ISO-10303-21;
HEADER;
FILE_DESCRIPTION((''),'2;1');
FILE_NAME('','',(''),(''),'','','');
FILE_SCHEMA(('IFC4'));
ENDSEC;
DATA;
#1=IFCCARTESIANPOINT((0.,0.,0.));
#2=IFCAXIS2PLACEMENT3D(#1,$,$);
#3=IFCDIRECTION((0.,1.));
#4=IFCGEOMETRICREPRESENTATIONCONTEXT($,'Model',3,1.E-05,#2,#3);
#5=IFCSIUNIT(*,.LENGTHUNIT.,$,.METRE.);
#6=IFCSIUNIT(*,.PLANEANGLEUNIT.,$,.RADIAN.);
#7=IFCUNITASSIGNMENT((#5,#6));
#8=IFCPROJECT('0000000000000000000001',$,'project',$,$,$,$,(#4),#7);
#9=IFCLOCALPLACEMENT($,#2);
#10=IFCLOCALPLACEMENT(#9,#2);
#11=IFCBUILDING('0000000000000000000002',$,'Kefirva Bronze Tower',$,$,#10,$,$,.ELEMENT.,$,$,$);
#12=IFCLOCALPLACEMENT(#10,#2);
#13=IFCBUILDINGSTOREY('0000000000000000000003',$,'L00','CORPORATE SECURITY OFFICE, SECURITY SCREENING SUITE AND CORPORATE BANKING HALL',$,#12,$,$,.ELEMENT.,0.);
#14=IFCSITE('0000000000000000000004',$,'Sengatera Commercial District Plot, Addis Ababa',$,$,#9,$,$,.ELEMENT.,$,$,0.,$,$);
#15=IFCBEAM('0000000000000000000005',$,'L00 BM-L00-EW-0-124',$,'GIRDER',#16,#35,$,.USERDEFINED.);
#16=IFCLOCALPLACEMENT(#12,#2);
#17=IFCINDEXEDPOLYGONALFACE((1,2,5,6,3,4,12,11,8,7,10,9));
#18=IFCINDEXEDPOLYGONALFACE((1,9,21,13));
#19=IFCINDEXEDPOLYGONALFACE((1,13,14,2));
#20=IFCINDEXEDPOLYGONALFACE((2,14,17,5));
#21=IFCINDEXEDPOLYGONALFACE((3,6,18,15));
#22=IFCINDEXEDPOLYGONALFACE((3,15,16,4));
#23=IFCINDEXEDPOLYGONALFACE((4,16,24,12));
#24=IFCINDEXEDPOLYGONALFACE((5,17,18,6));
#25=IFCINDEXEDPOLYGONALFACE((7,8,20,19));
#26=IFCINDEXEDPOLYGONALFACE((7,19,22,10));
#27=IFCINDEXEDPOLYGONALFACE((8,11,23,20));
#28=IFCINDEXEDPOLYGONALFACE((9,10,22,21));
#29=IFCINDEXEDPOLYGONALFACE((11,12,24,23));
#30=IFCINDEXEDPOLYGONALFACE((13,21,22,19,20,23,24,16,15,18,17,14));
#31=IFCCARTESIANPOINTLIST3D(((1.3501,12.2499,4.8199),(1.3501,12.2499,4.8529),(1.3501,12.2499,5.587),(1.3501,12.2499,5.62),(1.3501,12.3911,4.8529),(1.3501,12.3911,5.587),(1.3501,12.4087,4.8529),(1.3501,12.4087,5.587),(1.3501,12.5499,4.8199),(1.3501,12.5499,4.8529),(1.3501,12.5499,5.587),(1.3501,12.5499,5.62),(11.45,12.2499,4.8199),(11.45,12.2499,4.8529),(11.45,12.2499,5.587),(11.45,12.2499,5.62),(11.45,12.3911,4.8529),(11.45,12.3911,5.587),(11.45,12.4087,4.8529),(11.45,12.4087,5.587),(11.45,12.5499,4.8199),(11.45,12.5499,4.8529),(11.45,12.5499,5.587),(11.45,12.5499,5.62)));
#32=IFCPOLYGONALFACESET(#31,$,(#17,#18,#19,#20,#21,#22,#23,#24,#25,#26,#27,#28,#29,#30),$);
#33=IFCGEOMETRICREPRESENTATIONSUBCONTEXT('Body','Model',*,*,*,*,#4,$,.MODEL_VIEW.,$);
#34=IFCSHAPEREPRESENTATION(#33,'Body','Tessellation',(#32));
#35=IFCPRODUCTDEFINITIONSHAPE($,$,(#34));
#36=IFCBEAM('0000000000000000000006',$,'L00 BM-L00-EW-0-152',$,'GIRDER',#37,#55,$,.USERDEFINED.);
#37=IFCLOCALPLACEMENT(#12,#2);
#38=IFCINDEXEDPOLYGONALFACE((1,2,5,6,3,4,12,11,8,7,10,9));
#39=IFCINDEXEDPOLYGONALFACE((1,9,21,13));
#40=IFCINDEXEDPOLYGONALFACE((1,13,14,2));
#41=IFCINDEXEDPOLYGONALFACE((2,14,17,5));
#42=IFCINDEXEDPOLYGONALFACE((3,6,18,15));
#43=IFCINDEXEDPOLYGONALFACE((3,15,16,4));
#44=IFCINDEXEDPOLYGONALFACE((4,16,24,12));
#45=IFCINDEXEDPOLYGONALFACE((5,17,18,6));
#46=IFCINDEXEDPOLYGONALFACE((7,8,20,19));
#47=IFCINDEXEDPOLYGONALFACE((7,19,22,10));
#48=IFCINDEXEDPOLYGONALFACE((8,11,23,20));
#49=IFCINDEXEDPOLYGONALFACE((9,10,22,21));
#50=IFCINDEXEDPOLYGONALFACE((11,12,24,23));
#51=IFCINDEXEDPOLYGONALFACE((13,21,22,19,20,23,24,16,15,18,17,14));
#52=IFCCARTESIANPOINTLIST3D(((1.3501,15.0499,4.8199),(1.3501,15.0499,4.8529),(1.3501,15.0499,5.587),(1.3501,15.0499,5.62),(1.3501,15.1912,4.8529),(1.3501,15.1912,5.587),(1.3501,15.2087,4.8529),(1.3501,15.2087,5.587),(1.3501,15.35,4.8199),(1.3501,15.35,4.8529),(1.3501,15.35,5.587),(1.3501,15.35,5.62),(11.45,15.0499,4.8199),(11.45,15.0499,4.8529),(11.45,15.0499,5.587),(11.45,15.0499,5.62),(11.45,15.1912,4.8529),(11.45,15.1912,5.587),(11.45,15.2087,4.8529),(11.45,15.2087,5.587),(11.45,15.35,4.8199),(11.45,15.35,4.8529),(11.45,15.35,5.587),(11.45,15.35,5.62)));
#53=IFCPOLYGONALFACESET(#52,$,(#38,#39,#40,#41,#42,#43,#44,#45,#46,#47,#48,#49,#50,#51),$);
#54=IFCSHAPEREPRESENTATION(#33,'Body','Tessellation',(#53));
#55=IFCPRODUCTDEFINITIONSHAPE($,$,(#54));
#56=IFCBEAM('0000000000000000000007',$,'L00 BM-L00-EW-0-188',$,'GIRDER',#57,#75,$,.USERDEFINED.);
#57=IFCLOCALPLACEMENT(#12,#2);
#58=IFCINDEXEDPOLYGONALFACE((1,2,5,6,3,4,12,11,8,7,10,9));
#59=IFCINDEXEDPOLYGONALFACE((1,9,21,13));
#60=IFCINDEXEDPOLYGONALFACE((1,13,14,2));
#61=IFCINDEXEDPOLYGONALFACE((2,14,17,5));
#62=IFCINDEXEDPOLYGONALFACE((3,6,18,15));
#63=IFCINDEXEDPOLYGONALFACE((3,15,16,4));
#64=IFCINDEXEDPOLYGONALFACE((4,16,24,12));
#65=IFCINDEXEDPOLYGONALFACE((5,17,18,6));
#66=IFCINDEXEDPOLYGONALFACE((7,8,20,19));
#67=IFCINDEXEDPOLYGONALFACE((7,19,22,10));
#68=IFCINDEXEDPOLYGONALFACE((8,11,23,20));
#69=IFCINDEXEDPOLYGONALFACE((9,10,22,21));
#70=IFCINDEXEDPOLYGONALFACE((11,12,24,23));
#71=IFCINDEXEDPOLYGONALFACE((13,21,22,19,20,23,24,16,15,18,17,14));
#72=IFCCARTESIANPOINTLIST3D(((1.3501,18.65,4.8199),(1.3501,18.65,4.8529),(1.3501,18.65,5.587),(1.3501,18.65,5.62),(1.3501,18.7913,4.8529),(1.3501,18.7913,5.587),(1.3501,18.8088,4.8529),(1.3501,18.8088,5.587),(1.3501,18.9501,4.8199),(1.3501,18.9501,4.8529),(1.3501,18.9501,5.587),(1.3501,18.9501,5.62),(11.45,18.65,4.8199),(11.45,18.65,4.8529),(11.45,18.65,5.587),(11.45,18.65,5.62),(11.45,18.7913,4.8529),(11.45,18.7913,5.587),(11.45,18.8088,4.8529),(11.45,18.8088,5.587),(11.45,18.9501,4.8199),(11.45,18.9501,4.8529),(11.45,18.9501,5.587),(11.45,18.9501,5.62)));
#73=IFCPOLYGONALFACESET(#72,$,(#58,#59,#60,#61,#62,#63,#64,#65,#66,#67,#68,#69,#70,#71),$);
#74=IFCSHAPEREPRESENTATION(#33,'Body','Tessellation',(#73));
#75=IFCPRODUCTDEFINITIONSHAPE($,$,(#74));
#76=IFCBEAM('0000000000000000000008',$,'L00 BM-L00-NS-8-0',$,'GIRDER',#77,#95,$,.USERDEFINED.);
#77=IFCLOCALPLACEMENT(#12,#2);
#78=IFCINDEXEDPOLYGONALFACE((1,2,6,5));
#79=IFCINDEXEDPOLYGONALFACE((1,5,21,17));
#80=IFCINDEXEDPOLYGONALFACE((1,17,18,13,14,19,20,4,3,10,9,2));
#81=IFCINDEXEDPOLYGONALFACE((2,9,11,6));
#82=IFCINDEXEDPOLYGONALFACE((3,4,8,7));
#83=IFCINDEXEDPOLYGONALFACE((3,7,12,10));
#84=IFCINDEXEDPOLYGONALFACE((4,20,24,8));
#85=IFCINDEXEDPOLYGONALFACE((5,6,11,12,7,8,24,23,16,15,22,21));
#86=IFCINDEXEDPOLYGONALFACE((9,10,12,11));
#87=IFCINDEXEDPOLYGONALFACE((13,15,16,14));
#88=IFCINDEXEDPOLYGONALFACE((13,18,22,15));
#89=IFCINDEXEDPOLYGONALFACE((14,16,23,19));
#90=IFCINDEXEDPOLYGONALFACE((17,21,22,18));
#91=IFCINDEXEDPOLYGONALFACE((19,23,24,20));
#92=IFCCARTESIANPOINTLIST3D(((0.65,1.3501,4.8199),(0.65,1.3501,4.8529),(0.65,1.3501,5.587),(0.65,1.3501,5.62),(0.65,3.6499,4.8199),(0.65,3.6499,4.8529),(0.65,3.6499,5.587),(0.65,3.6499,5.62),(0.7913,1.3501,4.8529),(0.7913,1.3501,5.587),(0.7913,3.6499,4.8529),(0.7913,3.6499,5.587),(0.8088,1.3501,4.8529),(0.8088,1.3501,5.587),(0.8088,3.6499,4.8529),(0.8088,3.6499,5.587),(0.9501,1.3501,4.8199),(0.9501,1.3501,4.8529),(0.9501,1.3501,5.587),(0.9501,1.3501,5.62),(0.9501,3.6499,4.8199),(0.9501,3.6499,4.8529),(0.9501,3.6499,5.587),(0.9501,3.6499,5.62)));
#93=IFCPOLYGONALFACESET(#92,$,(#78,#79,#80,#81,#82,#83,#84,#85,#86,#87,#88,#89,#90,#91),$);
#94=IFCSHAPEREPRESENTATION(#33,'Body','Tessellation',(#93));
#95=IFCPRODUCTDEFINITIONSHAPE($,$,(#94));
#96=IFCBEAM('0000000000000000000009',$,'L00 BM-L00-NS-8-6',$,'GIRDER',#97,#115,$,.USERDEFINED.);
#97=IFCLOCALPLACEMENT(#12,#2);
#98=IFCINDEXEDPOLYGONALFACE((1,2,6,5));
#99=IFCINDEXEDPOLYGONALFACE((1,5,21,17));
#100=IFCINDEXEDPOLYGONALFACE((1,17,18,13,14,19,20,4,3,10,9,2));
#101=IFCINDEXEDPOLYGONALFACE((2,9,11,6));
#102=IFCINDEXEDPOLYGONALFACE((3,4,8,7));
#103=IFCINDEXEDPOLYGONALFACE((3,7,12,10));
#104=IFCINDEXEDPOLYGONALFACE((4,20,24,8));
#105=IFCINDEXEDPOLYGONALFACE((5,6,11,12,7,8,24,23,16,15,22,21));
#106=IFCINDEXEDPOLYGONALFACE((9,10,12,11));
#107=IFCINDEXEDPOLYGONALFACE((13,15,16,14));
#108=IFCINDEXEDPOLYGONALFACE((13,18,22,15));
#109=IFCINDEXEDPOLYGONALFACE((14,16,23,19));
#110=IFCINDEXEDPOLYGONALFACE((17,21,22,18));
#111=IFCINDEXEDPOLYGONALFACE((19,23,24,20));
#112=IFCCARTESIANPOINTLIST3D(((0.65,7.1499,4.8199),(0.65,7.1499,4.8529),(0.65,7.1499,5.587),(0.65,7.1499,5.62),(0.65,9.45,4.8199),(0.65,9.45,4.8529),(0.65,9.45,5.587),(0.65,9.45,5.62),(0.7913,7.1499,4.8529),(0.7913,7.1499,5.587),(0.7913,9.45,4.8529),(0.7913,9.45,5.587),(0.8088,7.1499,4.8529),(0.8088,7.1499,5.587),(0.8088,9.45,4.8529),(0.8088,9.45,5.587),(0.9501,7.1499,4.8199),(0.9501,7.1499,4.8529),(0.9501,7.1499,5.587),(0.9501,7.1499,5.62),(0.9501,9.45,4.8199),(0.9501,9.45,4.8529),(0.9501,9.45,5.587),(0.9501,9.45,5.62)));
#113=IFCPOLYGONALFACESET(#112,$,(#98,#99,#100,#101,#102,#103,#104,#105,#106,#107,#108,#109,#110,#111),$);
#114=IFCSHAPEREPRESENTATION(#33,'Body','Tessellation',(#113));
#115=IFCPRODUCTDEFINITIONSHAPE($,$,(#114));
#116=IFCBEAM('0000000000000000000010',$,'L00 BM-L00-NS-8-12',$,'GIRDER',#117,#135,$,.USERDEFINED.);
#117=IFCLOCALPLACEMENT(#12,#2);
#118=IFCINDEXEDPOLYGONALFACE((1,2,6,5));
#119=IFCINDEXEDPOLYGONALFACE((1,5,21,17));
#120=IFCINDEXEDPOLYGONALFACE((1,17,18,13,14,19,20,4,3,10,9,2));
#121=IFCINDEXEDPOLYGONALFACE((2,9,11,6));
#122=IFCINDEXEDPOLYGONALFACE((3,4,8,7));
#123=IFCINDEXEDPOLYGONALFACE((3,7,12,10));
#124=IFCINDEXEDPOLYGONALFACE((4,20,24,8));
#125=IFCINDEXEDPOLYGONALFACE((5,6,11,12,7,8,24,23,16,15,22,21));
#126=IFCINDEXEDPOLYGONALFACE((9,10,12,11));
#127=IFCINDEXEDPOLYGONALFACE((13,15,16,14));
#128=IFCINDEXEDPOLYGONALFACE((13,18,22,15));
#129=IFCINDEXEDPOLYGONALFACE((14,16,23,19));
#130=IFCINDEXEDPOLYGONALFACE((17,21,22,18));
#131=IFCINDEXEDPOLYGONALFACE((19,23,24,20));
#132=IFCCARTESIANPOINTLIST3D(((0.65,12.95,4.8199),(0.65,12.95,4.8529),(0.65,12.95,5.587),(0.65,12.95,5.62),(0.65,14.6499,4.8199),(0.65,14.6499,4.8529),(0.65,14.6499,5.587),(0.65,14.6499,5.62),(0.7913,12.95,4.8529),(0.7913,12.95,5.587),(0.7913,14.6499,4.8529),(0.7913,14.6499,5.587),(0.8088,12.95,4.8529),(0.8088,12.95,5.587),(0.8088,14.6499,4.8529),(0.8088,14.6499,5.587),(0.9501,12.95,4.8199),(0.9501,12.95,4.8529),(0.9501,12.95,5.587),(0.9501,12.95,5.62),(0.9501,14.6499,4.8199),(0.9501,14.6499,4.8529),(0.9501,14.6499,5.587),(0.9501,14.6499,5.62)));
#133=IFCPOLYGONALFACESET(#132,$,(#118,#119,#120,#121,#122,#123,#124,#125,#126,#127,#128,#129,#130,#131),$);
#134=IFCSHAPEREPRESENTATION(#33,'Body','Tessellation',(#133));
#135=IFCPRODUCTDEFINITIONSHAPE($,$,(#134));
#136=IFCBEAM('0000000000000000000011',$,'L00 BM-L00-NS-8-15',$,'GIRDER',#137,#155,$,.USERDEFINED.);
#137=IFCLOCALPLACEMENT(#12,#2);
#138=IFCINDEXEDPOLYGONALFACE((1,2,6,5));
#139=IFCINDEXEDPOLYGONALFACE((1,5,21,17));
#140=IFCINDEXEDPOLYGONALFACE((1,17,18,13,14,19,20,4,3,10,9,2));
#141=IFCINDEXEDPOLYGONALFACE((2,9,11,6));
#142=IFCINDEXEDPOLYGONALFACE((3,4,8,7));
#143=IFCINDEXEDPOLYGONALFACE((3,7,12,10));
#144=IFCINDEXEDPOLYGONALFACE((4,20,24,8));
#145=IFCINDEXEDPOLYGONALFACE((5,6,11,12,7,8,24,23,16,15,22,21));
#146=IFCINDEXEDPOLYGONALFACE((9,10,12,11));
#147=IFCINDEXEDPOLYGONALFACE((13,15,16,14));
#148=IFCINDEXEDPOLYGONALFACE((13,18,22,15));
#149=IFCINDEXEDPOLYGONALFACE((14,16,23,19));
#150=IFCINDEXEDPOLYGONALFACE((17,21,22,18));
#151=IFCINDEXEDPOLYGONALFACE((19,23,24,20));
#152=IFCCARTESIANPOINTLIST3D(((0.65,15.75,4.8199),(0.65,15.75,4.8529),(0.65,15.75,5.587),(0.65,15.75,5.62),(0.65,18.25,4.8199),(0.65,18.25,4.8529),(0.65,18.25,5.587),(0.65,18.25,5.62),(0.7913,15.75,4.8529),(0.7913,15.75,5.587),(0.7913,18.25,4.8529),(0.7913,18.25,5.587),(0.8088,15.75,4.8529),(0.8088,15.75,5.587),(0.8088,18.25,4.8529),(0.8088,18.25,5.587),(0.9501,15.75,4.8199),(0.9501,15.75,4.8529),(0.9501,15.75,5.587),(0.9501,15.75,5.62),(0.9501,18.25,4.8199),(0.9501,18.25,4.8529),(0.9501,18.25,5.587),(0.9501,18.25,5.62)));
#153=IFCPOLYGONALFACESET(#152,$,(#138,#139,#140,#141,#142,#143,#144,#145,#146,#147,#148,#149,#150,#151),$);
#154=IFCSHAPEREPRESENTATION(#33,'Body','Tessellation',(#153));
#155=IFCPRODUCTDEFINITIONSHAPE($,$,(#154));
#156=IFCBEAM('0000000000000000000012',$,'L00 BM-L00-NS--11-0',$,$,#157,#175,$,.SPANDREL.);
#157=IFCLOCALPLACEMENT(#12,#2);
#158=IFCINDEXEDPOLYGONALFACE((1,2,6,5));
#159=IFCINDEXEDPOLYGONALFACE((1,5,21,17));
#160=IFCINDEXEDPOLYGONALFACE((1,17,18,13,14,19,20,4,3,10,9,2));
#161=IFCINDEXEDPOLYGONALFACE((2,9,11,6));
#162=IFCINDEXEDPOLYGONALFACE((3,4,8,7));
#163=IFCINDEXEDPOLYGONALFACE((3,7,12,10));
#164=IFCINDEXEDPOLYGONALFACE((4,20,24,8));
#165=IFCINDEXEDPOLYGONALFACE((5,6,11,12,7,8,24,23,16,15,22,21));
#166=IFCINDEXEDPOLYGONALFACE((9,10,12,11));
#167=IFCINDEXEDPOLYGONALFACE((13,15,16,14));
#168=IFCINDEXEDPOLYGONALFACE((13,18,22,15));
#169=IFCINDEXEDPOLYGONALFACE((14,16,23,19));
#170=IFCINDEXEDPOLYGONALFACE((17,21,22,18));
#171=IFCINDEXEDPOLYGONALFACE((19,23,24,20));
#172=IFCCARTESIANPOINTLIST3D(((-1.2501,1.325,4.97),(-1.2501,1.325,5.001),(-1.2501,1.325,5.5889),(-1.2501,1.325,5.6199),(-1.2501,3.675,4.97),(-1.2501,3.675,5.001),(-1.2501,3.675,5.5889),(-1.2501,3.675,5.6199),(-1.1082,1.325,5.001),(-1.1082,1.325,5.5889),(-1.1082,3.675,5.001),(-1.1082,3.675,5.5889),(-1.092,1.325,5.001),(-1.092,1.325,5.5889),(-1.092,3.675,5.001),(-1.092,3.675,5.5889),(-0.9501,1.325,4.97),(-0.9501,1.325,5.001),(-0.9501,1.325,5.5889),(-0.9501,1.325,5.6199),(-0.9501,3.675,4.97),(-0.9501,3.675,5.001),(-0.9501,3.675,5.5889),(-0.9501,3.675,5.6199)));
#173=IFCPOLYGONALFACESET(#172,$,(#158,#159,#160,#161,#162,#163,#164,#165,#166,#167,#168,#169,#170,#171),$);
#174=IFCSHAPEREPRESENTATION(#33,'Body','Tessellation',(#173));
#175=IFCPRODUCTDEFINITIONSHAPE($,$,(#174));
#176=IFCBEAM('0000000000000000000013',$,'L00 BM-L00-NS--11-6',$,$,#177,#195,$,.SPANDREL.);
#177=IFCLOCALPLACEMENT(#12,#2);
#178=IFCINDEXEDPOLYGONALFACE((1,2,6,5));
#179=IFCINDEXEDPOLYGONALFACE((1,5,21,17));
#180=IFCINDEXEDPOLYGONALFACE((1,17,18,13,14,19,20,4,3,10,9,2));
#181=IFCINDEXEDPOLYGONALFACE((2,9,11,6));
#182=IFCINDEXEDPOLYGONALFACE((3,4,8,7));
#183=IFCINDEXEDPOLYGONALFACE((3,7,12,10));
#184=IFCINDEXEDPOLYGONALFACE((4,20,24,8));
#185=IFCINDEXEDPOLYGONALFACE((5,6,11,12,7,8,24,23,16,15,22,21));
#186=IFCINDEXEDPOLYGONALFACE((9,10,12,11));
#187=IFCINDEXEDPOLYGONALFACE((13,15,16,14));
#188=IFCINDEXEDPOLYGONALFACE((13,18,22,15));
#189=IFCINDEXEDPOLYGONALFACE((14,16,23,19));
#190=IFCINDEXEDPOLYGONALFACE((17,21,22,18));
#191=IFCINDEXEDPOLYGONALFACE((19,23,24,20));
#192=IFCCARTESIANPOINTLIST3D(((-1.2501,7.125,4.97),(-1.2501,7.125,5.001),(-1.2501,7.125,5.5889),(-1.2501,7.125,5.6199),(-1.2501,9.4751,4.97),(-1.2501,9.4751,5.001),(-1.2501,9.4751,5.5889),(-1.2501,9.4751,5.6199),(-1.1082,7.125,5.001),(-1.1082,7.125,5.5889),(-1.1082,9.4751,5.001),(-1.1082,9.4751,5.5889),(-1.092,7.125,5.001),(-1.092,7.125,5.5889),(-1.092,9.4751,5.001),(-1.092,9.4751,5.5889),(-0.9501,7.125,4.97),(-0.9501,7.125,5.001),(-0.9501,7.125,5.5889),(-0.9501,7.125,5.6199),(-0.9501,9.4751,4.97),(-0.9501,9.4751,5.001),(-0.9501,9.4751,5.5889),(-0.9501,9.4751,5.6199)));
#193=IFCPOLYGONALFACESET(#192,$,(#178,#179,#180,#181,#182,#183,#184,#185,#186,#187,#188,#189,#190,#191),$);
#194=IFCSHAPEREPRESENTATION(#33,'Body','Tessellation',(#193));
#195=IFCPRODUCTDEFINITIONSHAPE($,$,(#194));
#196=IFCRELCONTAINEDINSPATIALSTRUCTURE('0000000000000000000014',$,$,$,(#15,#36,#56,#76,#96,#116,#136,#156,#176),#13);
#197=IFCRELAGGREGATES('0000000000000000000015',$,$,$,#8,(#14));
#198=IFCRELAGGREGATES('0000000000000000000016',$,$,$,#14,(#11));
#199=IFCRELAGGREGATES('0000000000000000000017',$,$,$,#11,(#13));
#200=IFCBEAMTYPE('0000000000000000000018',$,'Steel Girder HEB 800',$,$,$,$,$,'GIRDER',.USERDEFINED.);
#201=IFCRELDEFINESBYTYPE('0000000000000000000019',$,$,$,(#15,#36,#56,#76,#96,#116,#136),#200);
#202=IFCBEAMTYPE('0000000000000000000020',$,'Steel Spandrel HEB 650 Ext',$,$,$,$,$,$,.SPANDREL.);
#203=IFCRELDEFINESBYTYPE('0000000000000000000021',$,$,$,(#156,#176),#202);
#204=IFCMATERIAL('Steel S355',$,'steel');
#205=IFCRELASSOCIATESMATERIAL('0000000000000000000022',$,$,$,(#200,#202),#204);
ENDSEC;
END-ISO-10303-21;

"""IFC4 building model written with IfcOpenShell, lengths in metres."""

from ifc_helpers import new_model, si_unit, direction, frame, origin, origin_2d, place, context, subcontext, project, spatial, i_section, extrude, material, material_profile, profile_set, type_object, element, save


model = new_model("IFC4")

# Units and contexts
model_context = context("Model", 3, precision=1e-05, world=origin(), true_north=direction((0.0, 1.0)))
body_context = subcontext(model_context, "Body", "Model", "MODEL_VIEW")
ifc_project = project(units=[si_unit("LENGTHUNIT", "METRE"), si_unit("PLANEANGLEUNIT", "RADIAN")], contexts=[model_context])

# Site, building, storey
site_placement = place(None, origin())
site = spatial("IfcSite", under=ifc_project, at=site_placement, Name="Sengatera Commercial District Plot, Addis Ababa", CompositionType="ELEMENT", RefElevation=0.0)
building_placement = place(site_placement, origin())
building = spatial("IfcBuilding", under=site, at=building_placement, Name="Kefirva Bronze Tower", CompositionType="ELEMENT")
storey_placement = place(building_placement, origin())
storey = spatial("IfcBuildingStorey", under=building, at=storey_placement, Name="L00", Description="CORPORATE SECURITY OFFICE, SECURITY SCREENING SUITE AND CORPORATE BANKING HALL", CompositionType="ELEMENT", Elevation=0.0)

# Beams
ifc_material_1 = material(Name="Steel S355", Category="steel")
ifc_material_profile_1 = material_profile(ifc_material_1, i_section(OverallWidth=0.3, OverallDepth=0.8, WebThickness=0.0176, FlangeThickness=0.033, at=origin_2d()), Name="HEB 800")
ifc_profile_set_1 = profile_set([ifc_material_profile_1], Name="Steel S355")
beam_type_1 = type_object("IfcBeamType", Name="Steel Girder HEB 800", ElementType="GIRDER", PredefinedType="USERDEFINED", material=ifc_profile_set_1)
for number, where, z_axis, x_axis, name in (
    (1, (1.3501, 12.3999, 5.22), (1.0, 0.0, 0.0), (0.0, 1.0, 0.0), "L00 BM-L00-EW-0-124"),
    (2, (1.3501, 15.2, 5.22), (1.0, 0.0, 0.0), (0.0, 1.0, 0.0), "L00 BM-L00-EW-0-152"),
    (3, (1.3501, 18.8, 5.22), (1.0, 0.0, 0.0), (0.0, 1.0, 0.0), "L00 BM-L00-EW-0-188"),
):
    element("IfcBeam", number, at=place(storey_placement, frame(where, z_axis=z_axis, x_axis=x_axis)), inside=storey, type_object=beam_type_1, Name=name, ObjectType="GIRDER", PredefinedType="USERDEFINED", context=body_context, shape_type="SweptSolid", body=[
        extrude(i_section(OverallWidth=0.3, OverallDepth=0.8, WebThickness=0.0176, FlangeThickness=0.033, at=origin_2d()), origin(), (0.0, 0.0, 1.0), 10.0999),
    ])
beam_1_placement = place(storey_placement, frame((0.8, 1.3501, 5.22), z_axis=(0.0, 1.0, 0.0), x_axis=(-1.0, 0.0, 0.0)))
element("IfcBeam", 4, at=beam_1_placement, inside=storey, type_object=beam_type_1, Name="L00 BM-L00-NS-8-0", ObjectType="GIRDER", PredefinedType="USERDEFINED", context=body_context, shape_type="SweptSolid", body=[
    extrude(i_section(OverallWidth=0.3, OverallDepth=0.8, WebThickness=0.0176, FlangeThickness=0.033, at=origin_2d()), origin(), (0.0, 0.0, 1.0), 2.2998),
])
beam_2_placement = place(storey_placement, frame((0.8, 7.1499, 5.22), z_axis=(0.0, 1.0, 0.0), x_axis=(-1.0, 0.0, 0.0)))
element("IfcBeam", 5, at=beam_2_placement, inside=storey, type_object=beam_type_1, Name="L00 BM-L00-NS-8-6", ObjectType="GIRDER", PredefinedType="USERDEFINED", context=body_context, shape_type="SweptSolid", body=[
    extrude(i_section(OverallWidth=0.3, OverallDepth=0.8, WebThickness=0.0176, FlangeThickness=0.033, at=origin_2d()), origin(), (0.0, 0.0, 1.0), 2.3),
])
beam_3_placement = place(storey_placement, frame((0.8, 12.95, 5.22), z_axis=(0.0, 1.0, 0.0), x_axis=(-1.0, 0.0, 0.0)))
element("IfcBeam", 6, at=beam_3_placement, inside=storey, type_object=beam_type_1, Name="L00 BM-L00-NS-8-12", ObjectType="GIRDER", PredefinedType="USERDEFINED", context=body_context, shape_type="SweptSolid", body=[
    extrude(i_section(OverallWidth=0.3, OverallDepth=0.8, WebThickness=0.0176, FlangeThickness=0.033, at=origin_2d()), origin(), (0.0, 0.0, 1.0), 1.7),
])
beam_4_placement = place(storey_placement, frame((0.8, 15.75, 5.22), z_axis=(0.0, 1.0, 0.0), x_axis=(-1.0, 0.0, 0.0)))
element("IfcBeam", 7, at=beam_4_placement, inside=storey, type_object=beam_type_1, Name="L00 BM-L00-NS-8-15", ObjectType="GIRDER", PredefinedType="USERDEFINED", context=body_context, shape_type="SweptSolid", body=[
    extrude(i_section(OverallWidth=0.3, OverallDepth=0.8, WebThickness=0.0176, FlangeThickness=0.033, at=origin_2d()), origin(), (0.0, 0.0, 1.0), 2.5),
])
ifc_material_profile_2 = material_profile(ifc_material_1, i_section(OverallWidth=0.3, OverallDepth=0.6499, WebThickness=0.0161, FlangeThickness=0.031, at=origin_2d()), Name="HEB 650")
ifc_profile_set_2 = profile_set([ifc_material_profile_2], Name="Steel S355")
beam_type_2 = type_object("IfcBeamType", Name="Steel Spandrel HEB 650 Ext", PredefinedType="SPANDREL", material=ifc_profile_set_2)
for number, where, z_axis, x_axis, name in (
    (8, (-1.1001, 1.325, 5.2949), (0.0, 1.0, 0.0), (-1.0, 0.0, 0.0), "L00 BM-L00-NS--11-0"),
    (9, (-1.1001, 7.125, 5.2949), (0.0, 1.0, 0.0), (-1.0, 0.0, 0.0), "L00 BM-L00-NS--11-6"),
):
    element("IfcBeam", number, at=place(storey_placement, frame(where, z_axis=z_axis, x_axis=x_axis)), inside=storey, type_object=beam_type_2, Name=name, PredefinedType="SPANDREL", context=body_context, shape_type="SweptSolid", body=[
        extrude(i_section(OverallWidth=0.3, OverallDepth=0.6499, WebThickness=0.0161, FlangeThickness=0.031, at=origin_2d()), origin(), (0.0, 0.0, 1.0), 2.3501),
    ])

save(model, "model.ifc")
